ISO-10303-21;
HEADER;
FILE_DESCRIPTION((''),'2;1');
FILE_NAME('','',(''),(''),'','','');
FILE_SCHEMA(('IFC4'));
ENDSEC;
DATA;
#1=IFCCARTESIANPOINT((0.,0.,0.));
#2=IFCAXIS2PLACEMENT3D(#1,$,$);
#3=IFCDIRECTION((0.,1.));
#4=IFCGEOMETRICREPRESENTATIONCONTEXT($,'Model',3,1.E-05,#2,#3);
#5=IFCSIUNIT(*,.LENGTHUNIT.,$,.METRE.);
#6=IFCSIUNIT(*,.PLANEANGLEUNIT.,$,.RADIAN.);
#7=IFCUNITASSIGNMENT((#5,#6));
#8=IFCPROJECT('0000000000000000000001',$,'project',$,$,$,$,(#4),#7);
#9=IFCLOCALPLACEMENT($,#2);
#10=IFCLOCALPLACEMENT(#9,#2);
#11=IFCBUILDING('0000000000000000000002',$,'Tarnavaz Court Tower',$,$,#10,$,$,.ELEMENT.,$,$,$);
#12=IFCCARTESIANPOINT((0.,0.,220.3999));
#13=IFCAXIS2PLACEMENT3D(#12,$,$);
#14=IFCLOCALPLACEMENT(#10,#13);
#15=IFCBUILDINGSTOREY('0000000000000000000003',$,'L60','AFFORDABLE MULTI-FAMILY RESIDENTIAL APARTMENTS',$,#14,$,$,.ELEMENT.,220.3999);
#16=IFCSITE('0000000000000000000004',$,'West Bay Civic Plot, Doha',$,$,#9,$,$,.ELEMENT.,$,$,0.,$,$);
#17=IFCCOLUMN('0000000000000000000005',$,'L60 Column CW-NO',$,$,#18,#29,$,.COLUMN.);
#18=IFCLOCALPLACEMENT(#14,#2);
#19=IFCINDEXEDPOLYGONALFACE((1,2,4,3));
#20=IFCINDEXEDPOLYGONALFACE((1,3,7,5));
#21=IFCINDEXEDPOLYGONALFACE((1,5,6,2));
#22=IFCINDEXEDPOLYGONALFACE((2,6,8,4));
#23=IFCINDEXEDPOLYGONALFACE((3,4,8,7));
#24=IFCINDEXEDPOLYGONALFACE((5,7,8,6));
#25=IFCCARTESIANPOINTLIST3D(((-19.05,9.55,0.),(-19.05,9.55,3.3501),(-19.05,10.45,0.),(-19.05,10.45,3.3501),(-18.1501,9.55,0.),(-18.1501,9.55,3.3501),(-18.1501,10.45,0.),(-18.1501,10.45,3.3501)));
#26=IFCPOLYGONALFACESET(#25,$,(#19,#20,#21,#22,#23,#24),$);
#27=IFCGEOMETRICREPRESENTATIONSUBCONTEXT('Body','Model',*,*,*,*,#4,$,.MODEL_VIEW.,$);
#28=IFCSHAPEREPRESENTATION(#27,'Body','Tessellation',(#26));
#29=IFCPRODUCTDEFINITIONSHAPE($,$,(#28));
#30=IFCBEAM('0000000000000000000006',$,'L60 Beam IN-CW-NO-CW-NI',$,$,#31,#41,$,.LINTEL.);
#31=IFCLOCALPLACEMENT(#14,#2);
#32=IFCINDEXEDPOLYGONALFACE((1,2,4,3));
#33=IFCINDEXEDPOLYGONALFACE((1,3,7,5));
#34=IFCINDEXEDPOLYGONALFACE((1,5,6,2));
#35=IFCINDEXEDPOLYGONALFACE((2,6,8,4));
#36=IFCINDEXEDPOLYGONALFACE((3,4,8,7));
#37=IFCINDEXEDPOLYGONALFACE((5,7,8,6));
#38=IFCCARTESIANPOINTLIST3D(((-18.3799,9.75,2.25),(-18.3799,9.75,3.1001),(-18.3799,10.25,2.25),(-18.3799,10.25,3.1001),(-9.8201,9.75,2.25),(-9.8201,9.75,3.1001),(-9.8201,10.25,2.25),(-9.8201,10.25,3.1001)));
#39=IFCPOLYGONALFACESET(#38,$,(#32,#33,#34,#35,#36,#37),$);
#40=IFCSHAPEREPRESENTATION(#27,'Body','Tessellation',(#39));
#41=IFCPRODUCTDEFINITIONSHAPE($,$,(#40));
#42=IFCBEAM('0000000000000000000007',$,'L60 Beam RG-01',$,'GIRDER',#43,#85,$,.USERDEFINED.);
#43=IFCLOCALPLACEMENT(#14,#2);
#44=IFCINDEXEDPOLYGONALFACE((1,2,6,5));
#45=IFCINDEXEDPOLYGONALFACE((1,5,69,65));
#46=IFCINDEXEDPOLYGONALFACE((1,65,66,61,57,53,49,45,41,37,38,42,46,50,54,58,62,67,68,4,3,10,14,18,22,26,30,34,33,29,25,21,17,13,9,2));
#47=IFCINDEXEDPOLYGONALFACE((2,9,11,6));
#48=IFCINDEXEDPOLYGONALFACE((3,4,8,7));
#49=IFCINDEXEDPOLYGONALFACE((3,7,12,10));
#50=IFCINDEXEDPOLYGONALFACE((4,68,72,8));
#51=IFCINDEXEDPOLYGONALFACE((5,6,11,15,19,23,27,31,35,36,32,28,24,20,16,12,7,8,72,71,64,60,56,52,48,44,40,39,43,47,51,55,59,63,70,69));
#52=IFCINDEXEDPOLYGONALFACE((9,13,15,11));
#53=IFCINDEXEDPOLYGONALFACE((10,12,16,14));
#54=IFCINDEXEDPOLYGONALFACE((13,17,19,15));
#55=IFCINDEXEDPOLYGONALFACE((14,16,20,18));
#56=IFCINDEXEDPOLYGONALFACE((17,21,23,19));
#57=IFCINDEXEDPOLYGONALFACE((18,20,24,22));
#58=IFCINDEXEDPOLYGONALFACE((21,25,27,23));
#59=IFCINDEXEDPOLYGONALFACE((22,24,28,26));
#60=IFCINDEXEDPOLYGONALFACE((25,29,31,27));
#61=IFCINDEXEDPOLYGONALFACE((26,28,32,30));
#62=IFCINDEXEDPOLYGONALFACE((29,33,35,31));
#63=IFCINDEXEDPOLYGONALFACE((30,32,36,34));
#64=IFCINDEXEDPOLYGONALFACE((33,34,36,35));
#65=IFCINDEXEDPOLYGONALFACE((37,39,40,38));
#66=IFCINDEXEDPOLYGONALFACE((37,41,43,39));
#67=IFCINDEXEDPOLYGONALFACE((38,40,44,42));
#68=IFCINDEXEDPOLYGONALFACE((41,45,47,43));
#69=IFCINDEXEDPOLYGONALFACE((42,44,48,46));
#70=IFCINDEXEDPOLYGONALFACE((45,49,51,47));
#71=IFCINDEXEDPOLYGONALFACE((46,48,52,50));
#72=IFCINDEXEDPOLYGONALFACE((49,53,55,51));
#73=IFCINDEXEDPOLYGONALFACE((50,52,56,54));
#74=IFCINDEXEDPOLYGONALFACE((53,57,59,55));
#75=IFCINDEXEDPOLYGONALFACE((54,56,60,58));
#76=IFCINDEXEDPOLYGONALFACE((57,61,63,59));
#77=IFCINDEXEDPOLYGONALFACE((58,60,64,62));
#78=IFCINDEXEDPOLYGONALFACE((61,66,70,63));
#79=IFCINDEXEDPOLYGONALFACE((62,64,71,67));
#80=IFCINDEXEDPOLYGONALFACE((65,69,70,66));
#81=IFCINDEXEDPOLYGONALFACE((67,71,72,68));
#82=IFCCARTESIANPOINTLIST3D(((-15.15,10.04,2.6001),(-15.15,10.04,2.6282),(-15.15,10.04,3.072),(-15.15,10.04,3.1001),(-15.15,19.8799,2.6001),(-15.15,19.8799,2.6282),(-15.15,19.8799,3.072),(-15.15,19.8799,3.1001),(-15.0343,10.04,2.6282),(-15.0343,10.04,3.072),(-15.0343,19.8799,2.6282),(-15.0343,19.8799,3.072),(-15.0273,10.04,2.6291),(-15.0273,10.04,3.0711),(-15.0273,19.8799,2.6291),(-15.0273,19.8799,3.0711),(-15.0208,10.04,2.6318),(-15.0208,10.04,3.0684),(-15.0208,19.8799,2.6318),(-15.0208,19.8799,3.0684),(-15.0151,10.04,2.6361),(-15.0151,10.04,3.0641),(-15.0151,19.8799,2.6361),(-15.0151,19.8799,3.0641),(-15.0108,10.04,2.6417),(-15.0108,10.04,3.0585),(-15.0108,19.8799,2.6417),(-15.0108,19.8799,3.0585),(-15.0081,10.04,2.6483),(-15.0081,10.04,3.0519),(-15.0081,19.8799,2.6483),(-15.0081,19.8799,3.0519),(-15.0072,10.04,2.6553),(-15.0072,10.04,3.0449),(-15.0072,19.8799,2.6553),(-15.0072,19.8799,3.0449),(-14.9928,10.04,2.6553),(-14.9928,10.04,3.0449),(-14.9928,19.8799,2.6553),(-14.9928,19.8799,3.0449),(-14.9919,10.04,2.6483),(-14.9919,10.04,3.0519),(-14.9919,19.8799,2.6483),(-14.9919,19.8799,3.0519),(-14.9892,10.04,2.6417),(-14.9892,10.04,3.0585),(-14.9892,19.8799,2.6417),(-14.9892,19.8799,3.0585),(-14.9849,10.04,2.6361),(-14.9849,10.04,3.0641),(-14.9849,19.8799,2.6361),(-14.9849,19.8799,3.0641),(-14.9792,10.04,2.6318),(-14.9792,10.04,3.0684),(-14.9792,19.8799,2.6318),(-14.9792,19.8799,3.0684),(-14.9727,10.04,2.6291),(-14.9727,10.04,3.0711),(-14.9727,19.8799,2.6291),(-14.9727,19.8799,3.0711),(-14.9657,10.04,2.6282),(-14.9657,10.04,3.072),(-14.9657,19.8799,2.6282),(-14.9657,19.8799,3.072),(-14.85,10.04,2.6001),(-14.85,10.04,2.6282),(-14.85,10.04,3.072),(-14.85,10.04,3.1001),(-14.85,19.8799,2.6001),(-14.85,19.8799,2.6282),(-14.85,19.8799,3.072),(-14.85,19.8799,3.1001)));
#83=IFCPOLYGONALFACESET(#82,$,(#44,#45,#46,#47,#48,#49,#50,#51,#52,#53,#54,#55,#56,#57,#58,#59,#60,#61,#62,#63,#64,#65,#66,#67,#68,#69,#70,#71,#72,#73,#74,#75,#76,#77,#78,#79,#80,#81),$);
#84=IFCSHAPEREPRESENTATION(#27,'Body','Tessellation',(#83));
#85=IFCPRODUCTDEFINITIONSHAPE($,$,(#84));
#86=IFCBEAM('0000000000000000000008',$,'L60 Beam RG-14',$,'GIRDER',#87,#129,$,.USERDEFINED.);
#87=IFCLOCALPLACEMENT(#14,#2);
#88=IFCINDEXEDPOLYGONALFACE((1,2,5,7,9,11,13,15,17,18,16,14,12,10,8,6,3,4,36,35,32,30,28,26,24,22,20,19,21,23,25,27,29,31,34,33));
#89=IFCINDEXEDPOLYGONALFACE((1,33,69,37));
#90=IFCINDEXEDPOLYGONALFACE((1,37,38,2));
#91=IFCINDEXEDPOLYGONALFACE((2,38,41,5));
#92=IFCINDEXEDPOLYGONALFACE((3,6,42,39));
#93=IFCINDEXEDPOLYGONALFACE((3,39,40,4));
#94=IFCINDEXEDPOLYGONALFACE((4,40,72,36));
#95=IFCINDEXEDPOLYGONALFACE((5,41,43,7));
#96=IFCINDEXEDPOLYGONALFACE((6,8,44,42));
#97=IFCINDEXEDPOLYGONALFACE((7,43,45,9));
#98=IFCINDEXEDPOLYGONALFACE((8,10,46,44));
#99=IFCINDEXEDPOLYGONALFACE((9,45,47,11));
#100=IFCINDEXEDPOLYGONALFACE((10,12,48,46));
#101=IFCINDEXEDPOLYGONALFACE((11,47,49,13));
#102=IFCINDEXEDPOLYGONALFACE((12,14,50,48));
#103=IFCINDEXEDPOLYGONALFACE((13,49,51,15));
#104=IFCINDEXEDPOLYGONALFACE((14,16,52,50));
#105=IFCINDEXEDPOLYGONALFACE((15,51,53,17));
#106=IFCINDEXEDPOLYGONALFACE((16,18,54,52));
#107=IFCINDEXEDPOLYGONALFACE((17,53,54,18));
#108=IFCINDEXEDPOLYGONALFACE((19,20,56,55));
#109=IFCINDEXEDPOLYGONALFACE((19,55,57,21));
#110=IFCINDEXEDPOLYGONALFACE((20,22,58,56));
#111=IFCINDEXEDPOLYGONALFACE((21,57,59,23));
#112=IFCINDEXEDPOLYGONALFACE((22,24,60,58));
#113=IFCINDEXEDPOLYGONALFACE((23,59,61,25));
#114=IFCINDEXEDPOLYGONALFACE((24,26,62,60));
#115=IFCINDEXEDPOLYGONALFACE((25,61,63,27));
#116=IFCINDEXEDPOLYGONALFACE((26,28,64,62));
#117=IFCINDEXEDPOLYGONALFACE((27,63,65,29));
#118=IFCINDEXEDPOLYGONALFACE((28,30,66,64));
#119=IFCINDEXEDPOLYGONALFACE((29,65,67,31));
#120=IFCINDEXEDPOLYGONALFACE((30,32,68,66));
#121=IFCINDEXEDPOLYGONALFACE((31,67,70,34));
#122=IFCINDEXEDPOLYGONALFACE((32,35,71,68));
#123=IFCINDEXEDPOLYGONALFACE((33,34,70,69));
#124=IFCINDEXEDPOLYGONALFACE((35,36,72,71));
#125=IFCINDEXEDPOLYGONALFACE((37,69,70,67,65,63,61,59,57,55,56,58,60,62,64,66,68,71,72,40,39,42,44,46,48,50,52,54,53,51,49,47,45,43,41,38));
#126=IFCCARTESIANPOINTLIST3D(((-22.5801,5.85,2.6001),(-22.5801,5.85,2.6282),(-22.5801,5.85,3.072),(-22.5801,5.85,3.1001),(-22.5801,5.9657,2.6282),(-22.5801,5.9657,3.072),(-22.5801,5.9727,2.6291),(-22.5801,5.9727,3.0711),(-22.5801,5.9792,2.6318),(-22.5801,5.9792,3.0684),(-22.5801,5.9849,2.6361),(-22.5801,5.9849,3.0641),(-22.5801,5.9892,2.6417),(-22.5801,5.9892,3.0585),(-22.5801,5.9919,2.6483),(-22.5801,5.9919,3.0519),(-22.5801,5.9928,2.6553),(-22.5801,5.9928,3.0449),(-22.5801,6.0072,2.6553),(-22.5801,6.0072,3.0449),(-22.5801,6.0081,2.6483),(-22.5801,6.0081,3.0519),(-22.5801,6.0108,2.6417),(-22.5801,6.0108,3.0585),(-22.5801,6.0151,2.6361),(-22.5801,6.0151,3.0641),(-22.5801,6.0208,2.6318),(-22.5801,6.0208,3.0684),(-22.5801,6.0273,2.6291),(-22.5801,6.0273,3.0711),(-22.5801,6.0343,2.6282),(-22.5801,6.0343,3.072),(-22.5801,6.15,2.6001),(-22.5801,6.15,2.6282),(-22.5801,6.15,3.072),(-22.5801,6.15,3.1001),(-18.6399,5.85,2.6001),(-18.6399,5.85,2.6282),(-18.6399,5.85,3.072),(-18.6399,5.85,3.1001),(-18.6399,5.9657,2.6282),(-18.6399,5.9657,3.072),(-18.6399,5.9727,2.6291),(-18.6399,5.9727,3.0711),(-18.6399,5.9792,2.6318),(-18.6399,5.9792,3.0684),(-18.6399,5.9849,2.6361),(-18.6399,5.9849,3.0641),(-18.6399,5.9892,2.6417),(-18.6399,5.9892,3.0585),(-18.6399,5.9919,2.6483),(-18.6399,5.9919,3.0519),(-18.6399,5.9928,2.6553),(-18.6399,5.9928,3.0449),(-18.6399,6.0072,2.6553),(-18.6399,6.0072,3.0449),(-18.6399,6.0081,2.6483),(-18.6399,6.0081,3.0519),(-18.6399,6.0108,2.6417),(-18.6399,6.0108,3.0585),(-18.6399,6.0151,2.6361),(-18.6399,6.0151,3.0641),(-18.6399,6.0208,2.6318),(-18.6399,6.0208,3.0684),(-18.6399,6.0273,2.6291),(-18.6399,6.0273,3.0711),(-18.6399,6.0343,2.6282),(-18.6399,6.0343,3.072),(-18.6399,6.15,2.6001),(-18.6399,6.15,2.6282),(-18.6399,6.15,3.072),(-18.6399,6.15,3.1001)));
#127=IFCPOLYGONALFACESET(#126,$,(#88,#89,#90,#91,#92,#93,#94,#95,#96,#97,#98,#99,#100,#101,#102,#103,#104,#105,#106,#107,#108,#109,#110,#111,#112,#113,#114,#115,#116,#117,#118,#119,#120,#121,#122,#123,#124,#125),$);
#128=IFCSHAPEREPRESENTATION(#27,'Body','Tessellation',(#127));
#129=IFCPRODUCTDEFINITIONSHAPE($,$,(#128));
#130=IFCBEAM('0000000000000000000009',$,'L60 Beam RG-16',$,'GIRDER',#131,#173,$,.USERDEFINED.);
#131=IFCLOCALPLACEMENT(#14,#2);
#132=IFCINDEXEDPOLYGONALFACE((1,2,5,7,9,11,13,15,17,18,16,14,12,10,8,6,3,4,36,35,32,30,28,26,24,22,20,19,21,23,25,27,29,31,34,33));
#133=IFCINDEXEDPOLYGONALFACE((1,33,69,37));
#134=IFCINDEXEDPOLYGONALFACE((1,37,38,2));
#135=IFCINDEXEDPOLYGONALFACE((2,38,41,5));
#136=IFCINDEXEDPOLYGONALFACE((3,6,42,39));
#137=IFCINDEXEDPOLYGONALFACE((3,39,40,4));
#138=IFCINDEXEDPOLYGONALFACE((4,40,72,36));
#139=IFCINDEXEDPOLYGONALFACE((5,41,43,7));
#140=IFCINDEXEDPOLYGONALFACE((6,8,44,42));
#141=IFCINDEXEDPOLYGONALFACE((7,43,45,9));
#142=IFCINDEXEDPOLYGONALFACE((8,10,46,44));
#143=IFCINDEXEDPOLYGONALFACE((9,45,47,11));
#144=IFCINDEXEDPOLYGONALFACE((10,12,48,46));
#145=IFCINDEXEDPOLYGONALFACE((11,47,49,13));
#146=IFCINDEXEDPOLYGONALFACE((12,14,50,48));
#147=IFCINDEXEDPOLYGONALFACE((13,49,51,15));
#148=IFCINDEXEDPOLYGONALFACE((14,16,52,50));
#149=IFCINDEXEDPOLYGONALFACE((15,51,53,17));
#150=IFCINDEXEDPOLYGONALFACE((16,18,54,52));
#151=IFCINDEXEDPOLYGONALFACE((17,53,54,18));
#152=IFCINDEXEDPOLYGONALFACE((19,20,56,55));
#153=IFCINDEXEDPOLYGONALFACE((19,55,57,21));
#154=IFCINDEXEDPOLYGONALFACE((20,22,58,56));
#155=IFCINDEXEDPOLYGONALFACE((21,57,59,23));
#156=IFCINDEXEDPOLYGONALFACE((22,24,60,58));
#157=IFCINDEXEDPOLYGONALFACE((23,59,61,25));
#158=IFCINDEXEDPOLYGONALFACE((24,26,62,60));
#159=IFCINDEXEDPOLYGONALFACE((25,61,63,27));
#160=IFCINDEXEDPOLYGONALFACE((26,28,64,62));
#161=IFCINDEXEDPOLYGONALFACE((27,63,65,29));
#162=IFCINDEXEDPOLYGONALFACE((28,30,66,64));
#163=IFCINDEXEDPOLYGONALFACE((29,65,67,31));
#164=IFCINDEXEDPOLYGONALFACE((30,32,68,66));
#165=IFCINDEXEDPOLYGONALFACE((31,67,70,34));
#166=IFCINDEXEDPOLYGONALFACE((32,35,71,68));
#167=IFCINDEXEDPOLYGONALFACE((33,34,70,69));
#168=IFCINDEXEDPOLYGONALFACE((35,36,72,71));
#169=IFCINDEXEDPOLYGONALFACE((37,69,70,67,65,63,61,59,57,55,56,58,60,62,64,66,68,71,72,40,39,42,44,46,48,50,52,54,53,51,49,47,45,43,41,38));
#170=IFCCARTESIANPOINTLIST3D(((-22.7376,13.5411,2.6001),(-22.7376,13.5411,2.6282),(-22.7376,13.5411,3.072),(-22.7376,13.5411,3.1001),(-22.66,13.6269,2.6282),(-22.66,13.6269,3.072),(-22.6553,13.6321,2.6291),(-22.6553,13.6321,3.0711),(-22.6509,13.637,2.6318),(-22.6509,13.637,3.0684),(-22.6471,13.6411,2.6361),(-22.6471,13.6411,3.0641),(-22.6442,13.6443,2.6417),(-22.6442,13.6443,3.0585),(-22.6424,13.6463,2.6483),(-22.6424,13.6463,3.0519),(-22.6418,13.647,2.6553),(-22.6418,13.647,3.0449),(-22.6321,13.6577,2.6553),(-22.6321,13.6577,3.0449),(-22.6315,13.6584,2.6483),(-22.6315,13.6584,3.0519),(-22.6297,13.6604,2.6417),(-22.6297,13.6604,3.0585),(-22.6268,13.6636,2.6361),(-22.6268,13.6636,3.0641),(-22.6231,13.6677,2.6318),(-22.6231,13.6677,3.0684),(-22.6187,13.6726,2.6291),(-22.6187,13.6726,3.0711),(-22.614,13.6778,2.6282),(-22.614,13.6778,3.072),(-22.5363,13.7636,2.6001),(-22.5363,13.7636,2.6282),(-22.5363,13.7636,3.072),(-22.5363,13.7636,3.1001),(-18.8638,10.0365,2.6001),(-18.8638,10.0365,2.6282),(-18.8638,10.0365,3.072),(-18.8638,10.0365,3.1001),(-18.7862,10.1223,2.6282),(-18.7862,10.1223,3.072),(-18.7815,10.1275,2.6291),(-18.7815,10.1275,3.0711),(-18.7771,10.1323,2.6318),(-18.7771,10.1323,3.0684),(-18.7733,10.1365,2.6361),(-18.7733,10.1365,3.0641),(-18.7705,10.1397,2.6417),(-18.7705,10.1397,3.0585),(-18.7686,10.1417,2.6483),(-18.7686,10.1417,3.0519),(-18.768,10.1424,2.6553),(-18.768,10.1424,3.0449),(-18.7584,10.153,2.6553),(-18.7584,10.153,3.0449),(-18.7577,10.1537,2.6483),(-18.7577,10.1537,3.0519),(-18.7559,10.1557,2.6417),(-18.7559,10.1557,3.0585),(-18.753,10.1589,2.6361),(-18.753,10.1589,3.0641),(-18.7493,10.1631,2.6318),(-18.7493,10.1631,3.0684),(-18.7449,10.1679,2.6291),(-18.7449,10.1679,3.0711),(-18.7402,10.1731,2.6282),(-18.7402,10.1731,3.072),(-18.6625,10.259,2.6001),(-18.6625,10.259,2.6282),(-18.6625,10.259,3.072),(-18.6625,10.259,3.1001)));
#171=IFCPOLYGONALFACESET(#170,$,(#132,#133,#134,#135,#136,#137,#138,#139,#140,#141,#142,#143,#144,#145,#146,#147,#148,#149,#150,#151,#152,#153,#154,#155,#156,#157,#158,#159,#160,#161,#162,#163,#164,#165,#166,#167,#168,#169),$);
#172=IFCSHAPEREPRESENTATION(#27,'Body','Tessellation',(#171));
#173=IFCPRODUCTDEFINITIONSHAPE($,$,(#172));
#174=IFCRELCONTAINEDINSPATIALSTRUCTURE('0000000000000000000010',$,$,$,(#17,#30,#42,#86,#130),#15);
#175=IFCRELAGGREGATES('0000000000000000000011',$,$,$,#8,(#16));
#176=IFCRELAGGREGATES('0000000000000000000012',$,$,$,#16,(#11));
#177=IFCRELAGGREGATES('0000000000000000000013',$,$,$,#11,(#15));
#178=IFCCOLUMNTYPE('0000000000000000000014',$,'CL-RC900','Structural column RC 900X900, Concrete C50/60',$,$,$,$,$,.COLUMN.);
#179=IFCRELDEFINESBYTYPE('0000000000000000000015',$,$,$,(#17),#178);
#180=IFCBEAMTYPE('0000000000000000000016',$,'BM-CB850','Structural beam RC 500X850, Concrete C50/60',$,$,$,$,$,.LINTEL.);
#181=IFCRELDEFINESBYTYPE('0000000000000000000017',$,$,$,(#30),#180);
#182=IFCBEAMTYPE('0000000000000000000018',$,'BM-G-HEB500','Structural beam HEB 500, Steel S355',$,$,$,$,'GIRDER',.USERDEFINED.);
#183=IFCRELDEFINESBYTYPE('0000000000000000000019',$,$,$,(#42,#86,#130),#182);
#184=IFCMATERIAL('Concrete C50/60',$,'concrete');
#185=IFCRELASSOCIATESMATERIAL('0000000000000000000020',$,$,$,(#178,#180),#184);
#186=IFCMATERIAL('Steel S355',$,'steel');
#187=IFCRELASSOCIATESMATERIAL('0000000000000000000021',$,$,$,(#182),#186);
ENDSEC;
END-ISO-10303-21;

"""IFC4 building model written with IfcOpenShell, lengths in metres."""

from ifc_helpers import new_model, si_unit, direction, frame, origin, origin_2d, place, context, subcontext, project, spatial, rectangle, i_section, extrude, material, material_profile, profile_set, type_object, element, save


model = new_model("IFC4")

# Units and contexts
model_context = context("Model", 3, precision=1e-05, world=origin(), true_north=direction((0.0, 1.0)))
body_context = subcontext(model_context, "Body", "Model", "MODEL_VIEW")
ifc_project = project(units=[si_unit("LENGTHUNIT", "METRE"), si_unit("PLANEANGLEUNIT", "RADIAN")], contexts=[model_context])

# Site, building, storey
site_placement = place(None, origin())
site = spatial("IfcSite", under=ifc_project, at=site_placement, Name="West Bay Civic Plot, Doha", CompositionType="ELEMENT", RefElevation=0.0)
building_placement = place(site_placement, origin())
building = spatial("IfcBuilding", under=site, at=building_placement, Name="Tarnavaz Court Tower", CompositionType="ELEMENT")
storey_placement = place(building_placement, frame((0.0, 0.0, 220.3999)))
storey = spatial("IfcBuildingStorey", under=building, at=storey_placement, Name="L60", Description="AFFORDABLE MULTI-FAMILY RESIDENTIAL APARTMENTS", CompositionType="ELEMENT", Elevation=220.3999)

# Column
ifc_material_1 = material(Name="Concrete C50/60", Category="concrete")
ifc_material_profile_1 = material_profile(ifc_material_1, rectangle(XDim=0.8999, YDim=0.8999, at=origin_2d()), Name="RC 900X900")
ifc_profile_set_1 = profile_set([ifc_material_profile_1], Name="Concrete C50/60")
column_type = type_object("IfcColumnType", Name="CL-RC900", Description="Structural column RC 900X900, Concrete C50/60", PredefinedType="COLUMN", material=ifc_profile_set_1)
column_placement = place(storey_placement, frame((-18.6001, 10.0, 0.0), z_axis=(0.0, 0.0, 1.0), x_axis=(1.0, 0.0, 0.0)))
element("IfcColumn", 1, at=column_placement, inside=storey, type_object=column_type, Name="L60 Column CW-NO", PredefinedType="COLUMN", context=body_context, shape_type="SweptSolid", body=[
    extrude(rectangle(XDim=0.8999, YDim=0.8999, at=origin_2d()), origin(), (0.0, 0.0, 1.0), 3.3501),
])

# Beams
ifc_material_profile_2 = material_profile(ifc_material_1, rectangle(XDim=0.5, YDim=0.8501, at=origin_2d()), Name="RC 500X850")
ifc_profile_set_2 = profile_set([ifc_material_profile_2], Name="Concrete C50/60")
beam_type_1 = type_object("IfcBeamType", Name="BM-CB850", Description="Structural beam RC 500X850, Concrete C50/60", PredefinedType="LINTEL", material=ifc_profile_set_2)
beam_1_placement = place(storey_placement, frame((-18.3799, 10.0, 2.675), z_axis=(1.0, 0.0, 0.0), x_axis=(0.0, 1.0, 0.0)))
element("IfcBeam", 2, at=beam_1_placement, inside=storey, type_object=beam_type_1, Name="L60 Beam IN-CW-NO-CW-NI", PredefinedType="LINTEL", context=body_context, shape_type="SweptSolid", body=[
    extrude(rectangle(XDim=0.5, YDim=0.8501, at=origin_2d()), origin(), (0.0, 0.0, 1.0), 8.5598),
])
ifc_material_2 = material(Name="Steel S355", Category="steel")
ifc_material_profile_3 = material_profile(ifc_material_2, i_section(OverallWidth=0.3, OverallDepth=0.5, WebThickness=0.0144, FlangeThickness=0.0281, FilletRadius=0.0271, at=origin_2d()), Name="HEB 500")
ifc_profile_set_3 = profile_set([ifc_material_profile_3], Name="Steel S355")
beam_type_2 = type_object("IfcBeamType", Name="BM-G-HEB500", Description="Structural beam HEB 500, Steel S355", ElementType="GIRDER", PredefinedType="USERDEFINED", material=ifc_profile_set_3)
beam_2_placement = place(storey_placement, frame((-15.0, 10.04, 2.8501), z_axis=(0.0, 1.0, 0.0), x_axis=(-1.0, 0.0, 0.0)))
element("IfcBeam", 3, at=beam_2_placement, inside=storey, type_object=beam_type_2, Name="L60 Beam RG-01", ObjectType="GIRDER", PredefinedType="USERDEFINED", context=body_context, shape_type="SweptSolid", body=[
    extrude(i_section(OverallWidth=0.3, OverallDepth=0.5, WebThickness=0.0144, FlangeThickness=0.0281, FilletRadius=0.0271, at=origin_2d()), origin(), (0.0, 0.0, 1.0), 9.8398),
])
beam_3_placement = place(storey_placement, frame((-18.6399, 6.0, 2.8501), z_axis=(-1.0, 0.0, 0.0), x_axis=(0.0, -1.0, 0.0)))
element("IfcBeam", 4, at=beam_3_placement, inside=storey, type_object=beam_type_2, Name="L60 Beam RG-14", ObjectType="GIRDER", PredefinedType="USERDEFINED", context=body_context, shape_type="SweptSolid", body=[
    extrude(i_section(OverallWidth=0.3, OverallDepth=0.5, WebThickness=0.0144, FlangeThickness=0.0281, FilletRadius=0.0271, at=origin_2d()), origin(), (0.0, 0.0, 1.0), 3.9402),
])
beam_4_placement = place(storey_placement, frame((-18.7632, 10.1477, 2.8501), z_axis=(-0.741556, 0.670891, 0.0), x_axis=(-0.670891, -0.741556, 0.0)))
element("IfcBeam", 5, at=beam_4_placement, inside=storey, type_object=beam_type_2, Name="L60 Beam RG-16", ObjectType="GIRDER", PredefinedType="USERDEFINED", context=body_context, shape_type="SweptSolid", body=[
    extrude(i_section(OverallWidth=0.3, OverallDepth=0.5, WebThickness=0.0144, FlangeThickness=0.0281, FilletRadius=0.0271, at=origin_2d()), origin(), (0.0, 0.0, 1.0), 5.2239),
])

save(model, "model.ifc")
